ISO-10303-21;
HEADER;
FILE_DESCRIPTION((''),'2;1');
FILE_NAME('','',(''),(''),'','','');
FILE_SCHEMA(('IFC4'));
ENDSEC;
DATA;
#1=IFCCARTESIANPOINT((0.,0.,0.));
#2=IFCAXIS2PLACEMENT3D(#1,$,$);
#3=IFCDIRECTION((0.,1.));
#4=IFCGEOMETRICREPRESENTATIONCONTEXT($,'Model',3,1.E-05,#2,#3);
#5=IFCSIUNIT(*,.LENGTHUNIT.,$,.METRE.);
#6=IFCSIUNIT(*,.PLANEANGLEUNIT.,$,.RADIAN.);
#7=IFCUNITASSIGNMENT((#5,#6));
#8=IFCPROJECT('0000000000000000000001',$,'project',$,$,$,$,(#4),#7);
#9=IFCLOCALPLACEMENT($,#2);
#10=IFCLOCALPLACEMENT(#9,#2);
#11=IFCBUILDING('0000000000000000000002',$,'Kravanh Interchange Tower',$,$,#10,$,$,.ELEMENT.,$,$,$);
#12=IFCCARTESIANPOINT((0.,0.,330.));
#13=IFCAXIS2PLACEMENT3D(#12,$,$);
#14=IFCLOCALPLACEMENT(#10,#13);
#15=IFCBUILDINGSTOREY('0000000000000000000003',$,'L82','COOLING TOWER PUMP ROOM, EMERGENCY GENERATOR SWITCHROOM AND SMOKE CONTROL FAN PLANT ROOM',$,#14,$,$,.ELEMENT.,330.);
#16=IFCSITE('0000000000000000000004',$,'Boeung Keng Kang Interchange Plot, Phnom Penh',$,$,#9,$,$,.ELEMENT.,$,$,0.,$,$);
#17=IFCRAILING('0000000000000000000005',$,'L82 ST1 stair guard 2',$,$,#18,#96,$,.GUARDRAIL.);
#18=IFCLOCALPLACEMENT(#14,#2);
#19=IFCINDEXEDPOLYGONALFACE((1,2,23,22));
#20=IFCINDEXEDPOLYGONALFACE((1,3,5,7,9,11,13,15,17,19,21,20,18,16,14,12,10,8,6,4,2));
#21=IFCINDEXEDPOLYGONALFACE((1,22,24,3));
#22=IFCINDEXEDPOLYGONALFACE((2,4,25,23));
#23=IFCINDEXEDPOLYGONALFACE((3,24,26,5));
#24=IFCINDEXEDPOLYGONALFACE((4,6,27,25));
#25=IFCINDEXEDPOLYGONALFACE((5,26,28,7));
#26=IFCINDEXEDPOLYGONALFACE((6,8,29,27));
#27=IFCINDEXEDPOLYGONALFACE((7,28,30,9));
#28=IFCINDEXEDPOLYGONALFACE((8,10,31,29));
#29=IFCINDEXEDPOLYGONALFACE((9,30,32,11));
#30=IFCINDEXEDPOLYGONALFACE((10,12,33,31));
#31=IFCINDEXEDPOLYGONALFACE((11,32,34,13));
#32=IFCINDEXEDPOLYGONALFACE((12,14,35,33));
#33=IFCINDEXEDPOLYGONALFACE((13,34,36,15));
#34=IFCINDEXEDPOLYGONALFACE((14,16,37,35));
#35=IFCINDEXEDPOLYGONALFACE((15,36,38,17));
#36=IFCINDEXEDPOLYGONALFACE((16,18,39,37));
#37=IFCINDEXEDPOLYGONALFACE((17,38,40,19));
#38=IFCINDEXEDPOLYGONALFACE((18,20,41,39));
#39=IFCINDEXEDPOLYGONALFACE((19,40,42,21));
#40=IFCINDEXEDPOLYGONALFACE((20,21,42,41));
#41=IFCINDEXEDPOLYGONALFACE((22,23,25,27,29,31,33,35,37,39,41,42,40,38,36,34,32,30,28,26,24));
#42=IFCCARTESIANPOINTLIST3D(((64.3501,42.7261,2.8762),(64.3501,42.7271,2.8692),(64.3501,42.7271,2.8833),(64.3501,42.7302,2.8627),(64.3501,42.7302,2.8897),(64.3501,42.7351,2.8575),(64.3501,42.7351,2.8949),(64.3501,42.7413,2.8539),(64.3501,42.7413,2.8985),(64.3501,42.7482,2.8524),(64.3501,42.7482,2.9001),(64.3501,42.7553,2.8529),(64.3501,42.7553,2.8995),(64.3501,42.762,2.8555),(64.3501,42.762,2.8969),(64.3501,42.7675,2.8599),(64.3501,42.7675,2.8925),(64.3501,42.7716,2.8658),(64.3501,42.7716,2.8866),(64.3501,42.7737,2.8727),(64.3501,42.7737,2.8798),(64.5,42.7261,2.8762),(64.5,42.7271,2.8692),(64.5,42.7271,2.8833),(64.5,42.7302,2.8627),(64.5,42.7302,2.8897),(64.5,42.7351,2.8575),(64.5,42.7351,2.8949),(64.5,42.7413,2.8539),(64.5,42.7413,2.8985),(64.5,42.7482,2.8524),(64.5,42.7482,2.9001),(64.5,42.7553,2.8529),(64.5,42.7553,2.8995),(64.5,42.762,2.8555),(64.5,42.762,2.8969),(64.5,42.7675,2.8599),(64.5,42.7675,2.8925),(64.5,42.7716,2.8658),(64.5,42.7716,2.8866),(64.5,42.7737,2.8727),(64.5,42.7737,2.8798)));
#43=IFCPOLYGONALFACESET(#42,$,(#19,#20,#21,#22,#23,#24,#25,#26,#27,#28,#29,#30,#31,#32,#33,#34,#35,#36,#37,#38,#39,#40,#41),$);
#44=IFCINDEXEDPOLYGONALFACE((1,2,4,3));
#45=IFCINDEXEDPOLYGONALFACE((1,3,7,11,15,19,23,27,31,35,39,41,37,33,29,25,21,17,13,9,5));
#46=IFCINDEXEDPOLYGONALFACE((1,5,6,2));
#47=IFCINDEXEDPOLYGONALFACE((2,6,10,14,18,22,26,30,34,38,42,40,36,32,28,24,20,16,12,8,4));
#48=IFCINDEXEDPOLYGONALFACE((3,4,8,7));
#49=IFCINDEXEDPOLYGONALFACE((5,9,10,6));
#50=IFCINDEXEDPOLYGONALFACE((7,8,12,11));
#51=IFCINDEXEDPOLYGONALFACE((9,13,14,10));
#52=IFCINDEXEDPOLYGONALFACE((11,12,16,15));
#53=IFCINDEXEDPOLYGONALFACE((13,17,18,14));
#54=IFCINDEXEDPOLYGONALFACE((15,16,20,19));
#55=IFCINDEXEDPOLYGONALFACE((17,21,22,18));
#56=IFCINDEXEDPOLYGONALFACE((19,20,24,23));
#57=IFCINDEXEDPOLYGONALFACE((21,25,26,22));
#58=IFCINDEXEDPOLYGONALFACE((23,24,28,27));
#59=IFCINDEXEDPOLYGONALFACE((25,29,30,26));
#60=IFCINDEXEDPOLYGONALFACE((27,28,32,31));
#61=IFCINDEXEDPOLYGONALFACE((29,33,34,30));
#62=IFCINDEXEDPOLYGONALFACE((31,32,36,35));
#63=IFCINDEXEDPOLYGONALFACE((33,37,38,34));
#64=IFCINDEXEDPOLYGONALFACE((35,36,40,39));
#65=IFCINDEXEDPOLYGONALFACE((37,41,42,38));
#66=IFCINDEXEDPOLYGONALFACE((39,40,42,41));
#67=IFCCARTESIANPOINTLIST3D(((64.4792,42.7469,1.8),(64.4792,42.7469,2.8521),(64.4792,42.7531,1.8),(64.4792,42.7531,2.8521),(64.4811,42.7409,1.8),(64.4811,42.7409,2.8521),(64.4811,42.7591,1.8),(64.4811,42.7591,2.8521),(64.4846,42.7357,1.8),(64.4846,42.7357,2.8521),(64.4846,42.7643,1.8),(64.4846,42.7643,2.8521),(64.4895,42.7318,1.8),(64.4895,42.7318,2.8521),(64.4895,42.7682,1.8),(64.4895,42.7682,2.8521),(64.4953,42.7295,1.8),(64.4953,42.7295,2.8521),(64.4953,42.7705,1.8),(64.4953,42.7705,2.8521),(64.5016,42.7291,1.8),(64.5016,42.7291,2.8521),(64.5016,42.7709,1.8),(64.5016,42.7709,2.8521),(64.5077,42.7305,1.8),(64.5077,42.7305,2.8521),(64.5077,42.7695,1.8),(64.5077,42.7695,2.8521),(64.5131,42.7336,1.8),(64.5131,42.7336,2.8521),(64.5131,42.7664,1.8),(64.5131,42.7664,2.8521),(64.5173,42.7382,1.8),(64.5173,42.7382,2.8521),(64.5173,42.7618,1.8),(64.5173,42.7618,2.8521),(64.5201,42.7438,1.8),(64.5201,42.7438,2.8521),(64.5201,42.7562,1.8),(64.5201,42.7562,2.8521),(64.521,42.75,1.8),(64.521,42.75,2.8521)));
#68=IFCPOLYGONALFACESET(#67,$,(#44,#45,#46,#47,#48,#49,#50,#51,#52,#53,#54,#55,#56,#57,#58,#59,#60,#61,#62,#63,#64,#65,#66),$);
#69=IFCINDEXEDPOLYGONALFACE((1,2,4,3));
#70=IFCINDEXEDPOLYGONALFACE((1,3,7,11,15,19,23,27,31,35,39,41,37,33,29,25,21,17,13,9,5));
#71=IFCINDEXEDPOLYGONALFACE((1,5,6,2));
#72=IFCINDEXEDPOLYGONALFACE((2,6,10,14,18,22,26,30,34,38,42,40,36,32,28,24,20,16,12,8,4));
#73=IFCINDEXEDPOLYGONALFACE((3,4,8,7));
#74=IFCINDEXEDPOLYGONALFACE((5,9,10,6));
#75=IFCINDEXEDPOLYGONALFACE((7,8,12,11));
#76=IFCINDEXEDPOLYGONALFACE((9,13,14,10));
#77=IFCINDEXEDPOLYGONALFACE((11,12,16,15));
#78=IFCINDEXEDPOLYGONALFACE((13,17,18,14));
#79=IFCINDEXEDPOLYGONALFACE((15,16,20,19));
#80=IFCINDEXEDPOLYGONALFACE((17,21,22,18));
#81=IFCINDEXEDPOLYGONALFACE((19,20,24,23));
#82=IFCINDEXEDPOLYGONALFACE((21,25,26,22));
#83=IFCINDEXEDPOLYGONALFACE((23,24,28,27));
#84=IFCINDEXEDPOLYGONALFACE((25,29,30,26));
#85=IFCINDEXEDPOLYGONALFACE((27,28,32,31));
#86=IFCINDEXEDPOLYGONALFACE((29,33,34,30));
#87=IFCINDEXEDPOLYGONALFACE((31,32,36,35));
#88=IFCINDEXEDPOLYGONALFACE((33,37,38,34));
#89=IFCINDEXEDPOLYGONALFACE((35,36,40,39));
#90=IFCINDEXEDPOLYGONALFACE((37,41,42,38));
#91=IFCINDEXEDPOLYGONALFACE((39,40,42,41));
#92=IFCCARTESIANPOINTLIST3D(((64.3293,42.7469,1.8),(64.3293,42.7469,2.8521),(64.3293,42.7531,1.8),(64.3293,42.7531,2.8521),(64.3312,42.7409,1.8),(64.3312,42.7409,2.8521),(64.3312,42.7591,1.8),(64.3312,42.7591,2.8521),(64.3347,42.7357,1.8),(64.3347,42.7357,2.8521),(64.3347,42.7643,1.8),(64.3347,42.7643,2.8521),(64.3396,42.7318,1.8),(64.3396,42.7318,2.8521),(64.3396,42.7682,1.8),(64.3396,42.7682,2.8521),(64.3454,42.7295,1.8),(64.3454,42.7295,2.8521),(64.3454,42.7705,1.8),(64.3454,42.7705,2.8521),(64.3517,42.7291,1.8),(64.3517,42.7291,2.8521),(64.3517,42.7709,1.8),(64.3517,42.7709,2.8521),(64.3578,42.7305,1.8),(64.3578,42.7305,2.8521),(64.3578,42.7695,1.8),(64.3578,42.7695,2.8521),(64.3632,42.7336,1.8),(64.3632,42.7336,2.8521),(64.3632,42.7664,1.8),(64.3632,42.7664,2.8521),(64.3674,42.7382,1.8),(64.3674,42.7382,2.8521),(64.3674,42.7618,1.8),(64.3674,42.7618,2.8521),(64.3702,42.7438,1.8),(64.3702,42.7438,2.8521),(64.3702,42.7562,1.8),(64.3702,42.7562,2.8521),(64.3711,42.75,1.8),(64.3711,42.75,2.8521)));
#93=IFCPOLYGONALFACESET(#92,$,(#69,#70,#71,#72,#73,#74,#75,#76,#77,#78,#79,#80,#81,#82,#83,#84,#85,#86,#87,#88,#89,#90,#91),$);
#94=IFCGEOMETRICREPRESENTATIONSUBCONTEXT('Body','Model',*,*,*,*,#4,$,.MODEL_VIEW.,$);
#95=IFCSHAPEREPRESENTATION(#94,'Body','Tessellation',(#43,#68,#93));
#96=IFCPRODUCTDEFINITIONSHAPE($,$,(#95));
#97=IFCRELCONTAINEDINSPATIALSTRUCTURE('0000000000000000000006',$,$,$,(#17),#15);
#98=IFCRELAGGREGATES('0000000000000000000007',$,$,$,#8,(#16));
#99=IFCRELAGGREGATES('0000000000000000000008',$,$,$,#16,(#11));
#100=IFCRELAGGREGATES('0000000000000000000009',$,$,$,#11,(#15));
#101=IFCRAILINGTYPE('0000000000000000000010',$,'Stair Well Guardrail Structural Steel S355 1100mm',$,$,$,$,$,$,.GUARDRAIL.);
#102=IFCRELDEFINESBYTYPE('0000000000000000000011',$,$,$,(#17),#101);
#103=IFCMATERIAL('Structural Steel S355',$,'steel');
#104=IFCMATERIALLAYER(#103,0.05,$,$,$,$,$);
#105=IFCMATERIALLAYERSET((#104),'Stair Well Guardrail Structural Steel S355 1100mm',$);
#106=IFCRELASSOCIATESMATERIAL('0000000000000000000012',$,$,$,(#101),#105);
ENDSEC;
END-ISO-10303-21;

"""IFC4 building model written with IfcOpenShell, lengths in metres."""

from ifc_helpers import new_model, si_unit, direction, frame, origin, origin_2d, place, context, subcontext, project, spatial, circle, extrude, material, layer, layer_set, type_object, element, save


model = new_model("IFC4")

# Units and contexts
model_context = context("Model", 3, precision=1e-05, world=origin(), true_north=direction((0.0, 1.0)))
body_context = subcontext(model_context, "Body", "Model", "MODEL_VIEW")
ifc_project = project(units=[si_unit("LENGTHUNIT", "METRE"), si_unit("PLANEANGLEUNIT", "RADIAN")], contexts=[model_context])

# Site, building, storey
site_placement = place(None, origin())
site = spatial("IfcSite", under=ifc_project, at=site_placement, Name="Boeung Keng Kang Interchange Plot, Phnom Penh", CompositionType="ELEMENT", RefElevation=0.0)
building_placement = place(site_placement, origin())
building = spatial("IfcBuilding", under=site, at=building_placement, Name="Kravanh Interchange Tower", CompositionType="ELEMENT")
storey_placement = place(building_placement, frame((0.0, 0.0, 330.0)))
storey = spatial("IfcBuildingStorey", under=building, at=storey_placement, Name="L82", Description="COOLING TOWER PUMP ROOM, EMERGENCY GENERATOR SWITCHROOM AND SMOKE CONTROL FAN PLANT ROOM", CompositionType="ELEMENT", Elevation=330.0)

# Railing
ifc_material_1 = material(Name="Structural Steel S355", Category="steel")
ifc_layer_1 = layer(ifc_material_1, 0.05)
ifc_layer_set_1 = layer_set([ifc_layer_1], Name="Stair Well Guardrail Structural Steel S355 1100mm")
railing_type_1 = type_object("IfcRailingType", Name="Stair Well Guardrail Structural Steel S355 1100mm", PredefinedType="GUARDRAIL", material=ifc_layer_set_1)
railing_1_placement = place(storey_placement, frame((64.5, 42.75, 1.8)))
element("IfcRailing", 1, at=railing_1_placement, inside=storey, type_object=railing_type_1, Name="L82 ST1 stair guard 2", PredefinedType="GUARDRAIL", context=body_context, shape_type="SweptSolid", body=[
    extrude(circle(Radius=0.0239, at=origin_2d()), frame((0.0, 0.0, 1.0762), z_axis=(-1.0, 0.0, 0.0), x_axis=(0.0, -1.0, 0.0)), (0.0, 0.0, 1.0), 0.1499),
    extrude(circle(Radius=0.021, at=origin_2d()), origin(), (0.0, 0.0, 1.0), 1.052),
    extrude(circle(Radius=0.021, at=origin_2d()), frame((-0.1499, 0.0, 0.0)), (0.0, 0.0, 1.0), 1.052),
])

save(model, "model.ifc")
